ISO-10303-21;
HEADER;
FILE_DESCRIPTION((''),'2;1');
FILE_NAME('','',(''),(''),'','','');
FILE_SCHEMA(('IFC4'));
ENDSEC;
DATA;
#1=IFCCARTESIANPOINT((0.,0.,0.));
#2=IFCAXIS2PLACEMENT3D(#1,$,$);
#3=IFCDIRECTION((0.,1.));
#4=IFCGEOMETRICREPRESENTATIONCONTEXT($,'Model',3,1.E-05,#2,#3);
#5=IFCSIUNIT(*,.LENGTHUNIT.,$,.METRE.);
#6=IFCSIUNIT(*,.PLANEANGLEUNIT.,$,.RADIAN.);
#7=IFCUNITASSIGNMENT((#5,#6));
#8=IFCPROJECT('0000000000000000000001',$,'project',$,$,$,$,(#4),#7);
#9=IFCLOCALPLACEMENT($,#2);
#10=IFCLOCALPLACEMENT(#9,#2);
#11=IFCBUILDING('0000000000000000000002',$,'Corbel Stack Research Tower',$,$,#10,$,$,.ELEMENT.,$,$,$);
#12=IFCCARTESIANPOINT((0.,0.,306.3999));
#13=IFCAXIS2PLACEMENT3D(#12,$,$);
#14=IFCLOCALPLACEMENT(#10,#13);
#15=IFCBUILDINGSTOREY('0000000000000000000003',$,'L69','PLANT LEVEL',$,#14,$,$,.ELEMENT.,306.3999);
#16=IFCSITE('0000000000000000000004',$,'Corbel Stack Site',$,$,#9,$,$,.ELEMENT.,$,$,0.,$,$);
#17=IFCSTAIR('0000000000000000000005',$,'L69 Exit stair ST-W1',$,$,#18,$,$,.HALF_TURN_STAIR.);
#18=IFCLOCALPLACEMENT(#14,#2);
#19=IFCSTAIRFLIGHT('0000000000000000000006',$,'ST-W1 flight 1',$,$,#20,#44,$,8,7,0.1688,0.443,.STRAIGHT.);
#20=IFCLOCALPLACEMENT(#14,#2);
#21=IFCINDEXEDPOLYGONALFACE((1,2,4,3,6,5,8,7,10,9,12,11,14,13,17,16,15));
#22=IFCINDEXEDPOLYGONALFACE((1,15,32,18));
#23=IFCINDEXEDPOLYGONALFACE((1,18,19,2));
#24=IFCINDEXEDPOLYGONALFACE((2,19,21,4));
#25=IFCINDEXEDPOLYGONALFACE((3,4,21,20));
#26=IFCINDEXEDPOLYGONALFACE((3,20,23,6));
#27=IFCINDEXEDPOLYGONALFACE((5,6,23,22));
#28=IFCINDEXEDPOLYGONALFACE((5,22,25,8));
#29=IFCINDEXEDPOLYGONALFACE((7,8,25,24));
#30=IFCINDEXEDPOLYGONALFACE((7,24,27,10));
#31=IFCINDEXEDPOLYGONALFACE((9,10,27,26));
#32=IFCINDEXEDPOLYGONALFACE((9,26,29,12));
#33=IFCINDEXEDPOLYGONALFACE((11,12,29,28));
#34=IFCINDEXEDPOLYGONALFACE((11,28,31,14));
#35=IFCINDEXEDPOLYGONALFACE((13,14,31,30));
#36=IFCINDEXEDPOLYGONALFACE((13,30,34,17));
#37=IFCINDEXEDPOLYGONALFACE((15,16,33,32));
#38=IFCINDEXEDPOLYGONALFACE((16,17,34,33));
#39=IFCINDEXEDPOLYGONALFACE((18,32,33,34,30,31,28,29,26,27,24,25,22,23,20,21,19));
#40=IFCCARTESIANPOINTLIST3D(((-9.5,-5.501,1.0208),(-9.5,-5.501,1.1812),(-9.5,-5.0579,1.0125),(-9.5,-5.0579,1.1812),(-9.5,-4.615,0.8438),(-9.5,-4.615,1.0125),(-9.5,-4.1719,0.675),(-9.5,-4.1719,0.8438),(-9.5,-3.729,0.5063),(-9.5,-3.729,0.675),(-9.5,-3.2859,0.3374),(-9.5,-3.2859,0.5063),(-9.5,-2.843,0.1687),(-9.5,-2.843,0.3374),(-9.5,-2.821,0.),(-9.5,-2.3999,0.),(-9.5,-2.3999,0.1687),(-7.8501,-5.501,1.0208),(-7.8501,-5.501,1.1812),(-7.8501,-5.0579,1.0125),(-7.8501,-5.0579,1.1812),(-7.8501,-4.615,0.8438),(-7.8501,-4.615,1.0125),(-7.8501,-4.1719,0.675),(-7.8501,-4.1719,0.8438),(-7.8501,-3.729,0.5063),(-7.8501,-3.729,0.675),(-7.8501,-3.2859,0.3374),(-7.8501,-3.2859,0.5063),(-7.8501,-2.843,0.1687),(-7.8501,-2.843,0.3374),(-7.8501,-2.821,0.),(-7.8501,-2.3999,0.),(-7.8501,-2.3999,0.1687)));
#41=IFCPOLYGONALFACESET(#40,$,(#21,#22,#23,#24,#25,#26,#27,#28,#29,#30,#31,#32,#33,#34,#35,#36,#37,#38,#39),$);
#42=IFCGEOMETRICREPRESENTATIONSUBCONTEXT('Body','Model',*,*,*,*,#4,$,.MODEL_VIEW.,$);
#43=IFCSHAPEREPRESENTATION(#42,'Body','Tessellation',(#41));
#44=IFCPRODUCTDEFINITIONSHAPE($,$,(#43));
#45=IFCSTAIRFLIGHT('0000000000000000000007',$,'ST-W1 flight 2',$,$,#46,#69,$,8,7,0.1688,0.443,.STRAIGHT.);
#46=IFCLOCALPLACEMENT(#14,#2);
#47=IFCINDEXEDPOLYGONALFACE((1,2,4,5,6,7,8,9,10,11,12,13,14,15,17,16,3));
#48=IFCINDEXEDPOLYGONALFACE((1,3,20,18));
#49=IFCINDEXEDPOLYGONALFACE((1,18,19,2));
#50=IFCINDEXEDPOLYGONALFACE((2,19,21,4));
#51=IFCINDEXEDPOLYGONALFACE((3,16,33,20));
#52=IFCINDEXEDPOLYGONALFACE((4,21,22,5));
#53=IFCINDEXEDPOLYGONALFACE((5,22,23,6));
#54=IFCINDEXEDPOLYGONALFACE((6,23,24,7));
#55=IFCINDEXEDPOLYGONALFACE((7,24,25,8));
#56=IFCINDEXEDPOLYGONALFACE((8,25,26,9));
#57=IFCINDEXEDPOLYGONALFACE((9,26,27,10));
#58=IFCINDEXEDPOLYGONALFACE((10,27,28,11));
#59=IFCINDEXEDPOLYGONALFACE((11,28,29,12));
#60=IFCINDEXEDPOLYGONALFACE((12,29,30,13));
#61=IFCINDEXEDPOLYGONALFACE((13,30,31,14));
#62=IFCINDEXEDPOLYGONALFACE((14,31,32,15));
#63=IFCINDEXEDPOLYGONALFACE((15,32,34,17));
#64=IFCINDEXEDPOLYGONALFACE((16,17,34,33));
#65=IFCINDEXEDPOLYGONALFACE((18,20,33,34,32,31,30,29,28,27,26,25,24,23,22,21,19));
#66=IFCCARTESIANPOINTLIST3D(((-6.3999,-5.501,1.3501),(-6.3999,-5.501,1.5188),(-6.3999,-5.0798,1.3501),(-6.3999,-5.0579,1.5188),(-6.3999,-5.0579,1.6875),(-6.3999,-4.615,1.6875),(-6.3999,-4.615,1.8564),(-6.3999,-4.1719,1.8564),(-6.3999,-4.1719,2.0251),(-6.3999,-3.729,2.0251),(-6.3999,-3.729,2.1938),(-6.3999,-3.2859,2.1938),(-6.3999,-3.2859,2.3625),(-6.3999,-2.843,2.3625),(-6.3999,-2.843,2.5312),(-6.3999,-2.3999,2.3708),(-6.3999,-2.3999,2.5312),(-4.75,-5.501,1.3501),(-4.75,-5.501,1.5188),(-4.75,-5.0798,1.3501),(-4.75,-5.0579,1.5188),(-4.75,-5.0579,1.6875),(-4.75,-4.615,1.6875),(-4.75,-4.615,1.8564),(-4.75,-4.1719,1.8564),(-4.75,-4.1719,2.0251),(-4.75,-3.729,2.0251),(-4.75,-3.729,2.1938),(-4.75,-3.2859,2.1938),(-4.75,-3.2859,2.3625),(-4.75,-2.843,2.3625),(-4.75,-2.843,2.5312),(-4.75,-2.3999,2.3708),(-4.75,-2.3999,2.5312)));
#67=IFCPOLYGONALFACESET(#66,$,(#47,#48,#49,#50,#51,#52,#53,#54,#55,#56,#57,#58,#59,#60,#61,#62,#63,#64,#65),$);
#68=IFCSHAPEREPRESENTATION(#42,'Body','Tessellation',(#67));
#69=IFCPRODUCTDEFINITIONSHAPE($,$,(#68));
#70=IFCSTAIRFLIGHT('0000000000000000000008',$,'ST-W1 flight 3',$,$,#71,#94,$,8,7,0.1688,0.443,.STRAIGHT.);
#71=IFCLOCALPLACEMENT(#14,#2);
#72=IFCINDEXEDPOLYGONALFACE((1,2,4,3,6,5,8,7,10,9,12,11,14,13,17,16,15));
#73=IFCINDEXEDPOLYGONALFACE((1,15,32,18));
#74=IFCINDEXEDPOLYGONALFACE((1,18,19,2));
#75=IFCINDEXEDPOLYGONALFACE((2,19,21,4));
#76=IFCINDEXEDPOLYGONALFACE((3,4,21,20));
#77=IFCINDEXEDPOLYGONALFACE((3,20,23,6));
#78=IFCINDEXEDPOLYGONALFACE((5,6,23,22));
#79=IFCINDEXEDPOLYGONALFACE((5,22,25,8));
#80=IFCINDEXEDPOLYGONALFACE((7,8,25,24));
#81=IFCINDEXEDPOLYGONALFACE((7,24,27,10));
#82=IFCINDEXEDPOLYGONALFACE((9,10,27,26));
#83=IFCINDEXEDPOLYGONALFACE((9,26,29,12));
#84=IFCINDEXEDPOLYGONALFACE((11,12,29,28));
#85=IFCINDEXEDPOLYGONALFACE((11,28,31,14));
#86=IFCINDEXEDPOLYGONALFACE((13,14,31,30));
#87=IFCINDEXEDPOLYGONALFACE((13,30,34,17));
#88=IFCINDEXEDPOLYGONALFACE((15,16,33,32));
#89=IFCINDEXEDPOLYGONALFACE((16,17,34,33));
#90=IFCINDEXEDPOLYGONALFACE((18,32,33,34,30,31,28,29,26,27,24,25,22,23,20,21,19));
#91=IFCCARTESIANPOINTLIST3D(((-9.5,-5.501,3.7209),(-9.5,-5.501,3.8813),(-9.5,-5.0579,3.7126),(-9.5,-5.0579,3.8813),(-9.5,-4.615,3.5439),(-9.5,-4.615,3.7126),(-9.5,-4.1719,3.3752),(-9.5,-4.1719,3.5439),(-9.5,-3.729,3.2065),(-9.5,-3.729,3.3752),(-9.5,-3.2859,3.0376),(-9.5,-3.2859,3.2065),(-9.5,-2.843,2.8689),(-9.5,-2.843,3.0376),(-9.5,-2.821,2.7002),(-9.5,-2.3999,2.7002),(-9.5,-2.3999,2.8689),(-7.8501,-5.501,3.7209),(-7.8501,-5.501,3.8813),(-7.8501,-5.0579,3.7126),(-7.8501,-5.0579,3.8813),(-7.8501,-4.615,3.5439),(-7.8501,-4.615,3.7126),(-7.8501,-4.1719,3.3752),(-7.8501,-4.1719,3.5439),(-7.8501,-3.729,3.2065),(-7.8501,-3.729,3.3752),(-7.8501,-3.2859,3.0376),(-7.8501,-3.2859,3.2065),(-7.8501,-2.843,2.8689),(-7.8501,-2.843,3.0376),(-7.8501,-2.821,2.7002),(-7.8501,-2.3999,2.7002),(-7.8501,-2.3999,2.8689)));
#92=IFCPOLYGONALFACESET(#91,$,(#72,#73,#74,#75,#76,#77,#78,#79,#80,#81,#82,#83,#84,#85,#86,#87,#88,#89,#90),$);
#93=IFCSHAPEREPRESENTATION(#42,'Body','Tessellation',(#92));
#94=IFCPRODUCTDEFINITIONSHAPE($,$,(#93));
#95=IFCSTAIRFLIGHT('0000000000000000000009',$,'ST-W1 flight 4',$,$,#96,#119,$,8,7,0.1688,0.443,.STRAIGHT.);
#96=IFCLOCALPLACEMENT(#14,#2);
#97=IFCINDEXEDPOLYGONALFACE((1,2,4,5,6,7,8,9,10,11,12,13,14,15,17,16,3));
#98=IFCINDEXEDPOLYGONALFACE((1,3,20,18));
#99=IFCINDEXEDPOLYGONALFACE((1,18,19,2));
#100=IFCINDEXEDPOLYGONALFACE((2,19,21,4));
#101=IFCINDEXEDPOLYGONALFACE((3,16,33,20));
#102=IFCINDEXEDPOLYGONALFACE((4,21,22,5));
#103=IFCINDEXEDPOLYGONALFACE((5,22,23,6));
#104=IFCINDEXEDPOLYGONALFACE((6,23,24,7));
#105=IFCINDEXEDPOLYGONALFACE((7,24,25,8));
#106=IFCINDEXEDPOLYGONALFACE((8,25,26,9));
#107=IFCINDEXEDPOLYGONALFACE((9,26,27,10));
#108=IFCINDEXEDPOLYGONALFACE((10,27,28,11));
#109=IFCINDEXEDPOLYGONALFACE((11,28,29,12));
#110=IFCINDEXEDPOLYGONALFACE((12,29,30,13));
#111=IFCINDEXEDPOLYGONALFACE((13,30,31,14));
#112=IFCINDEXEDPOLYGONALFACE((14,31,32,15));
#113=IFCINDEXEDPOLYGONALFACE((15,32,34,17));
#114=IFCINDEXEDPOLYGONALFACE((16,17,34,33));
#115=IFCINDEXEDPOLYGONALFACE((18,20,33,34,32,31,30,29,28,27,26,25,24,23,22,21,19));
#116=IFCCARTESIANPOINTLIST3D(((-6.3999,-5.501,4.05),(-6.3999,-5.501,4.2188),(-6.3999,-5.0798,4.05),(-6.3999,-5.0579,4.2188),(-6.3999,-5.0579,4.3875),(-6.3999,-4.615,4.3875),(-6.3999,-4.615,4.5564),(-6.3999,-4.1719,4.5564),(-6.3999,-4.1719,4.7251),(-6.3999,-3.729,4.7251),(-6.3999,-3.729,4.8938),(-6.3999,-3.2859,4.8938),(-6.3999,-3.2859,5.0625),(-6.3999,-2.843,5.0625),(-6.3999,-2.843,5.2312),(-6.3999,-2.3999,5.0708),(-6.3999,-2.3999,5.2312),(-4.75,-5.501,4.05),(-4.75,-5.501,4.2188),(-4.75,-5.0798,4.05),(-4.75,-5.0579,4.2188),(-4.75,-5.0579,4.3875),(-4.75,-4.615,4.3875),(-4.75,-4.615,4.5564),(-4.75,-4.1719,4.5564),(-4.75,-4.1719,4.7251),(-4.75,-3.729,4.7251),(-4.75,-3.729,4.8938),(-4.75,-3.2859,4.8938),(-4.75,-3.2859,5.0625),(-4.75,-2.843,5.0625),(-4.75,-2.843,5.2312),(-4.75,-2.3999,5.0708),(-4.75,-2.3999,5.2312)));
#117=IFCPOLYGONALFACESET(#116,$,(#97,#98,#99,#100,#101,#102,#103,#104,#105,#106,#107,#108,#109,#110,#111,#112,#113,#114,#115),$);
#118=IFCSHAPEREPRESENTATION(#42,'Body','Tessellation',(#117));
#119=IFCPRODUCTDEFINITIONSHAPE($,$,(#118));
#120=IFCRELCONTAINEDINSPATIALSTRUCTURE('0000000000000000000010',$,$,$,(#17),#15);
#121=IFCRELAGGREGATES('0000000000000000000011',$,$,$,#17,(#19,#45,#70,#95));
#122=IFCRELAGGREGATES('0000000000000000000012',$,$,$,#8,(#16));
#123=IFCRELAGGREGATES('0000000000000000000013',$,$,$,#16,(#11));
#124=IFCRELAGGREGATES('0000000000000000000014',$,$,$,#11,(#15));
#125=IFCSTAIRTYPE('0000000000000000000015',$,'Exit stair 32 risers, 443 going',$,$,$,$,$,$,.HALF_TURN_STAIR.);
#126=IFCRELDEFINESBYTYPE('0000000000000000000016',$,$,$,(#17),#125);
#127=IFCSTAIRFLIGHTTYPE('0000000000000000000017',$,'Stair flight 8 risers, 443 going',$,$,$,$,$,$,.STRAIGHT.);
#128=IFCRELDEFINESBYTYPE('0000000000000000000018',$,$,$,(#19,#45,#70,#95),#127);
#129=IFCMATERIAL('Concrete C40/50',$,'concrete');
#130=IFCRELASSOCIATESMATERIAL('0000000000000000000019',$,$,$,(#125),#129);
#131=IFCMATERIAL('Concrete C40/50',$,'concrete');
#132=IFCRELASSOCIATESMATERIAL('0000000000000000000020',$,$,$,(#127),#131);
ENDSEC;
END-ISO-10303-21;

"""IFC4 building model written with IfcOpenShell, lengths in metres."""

from ifc_helpers import new_model, si_unit, direction, frame, origin, place, context, subcontext, project, spatial, polyline, outline, extrude, material, type_object, element, aggregate, save


model = new_model("IFC4")

# Units and contexts
model_context = context("Model", 3, precision=1e-05, world=origin(), true_north=direction((0.0, 1.0)))
body_context = subcontext(model_context, "Body", "Model", "MODEL_VIEW")
ifc_project = project(units=[si_unit("LENGTHUNIT", "METRE"), si_unit("PLANEANGLEUNIT", "RADIAN")], contexts=[model_context])

# Site, building, storey
site_placement = place(None, origin())
site = spatial("IfcSite", under=ifc_project, at=site_placement, Name="Corbel Stack Site", CompositionType="ELEMENT", RefElevation=0.0)
building_placement = place(site_placement, origin())
building = spatial("IfcBuilding", under=site, at=building_placement, Name="Corbel Stack Research Tower", CompositionType="ELEMENT")
storey_placement = place(building_placement, frame((0.0, 0.0, 306.3999)))
storey = spatial("IfcBuildingStorey", under=building, at=storey_placement, Name="L69", Description="PLANT LEVEL", CompositionType="ELEMENT", Elevation=306.3999)

# Stair, stair flights
ifc_material_1 = material(Name="Concrete C40/50", Category="concrete")
stair_type = type_object("IfcStairType", Name="Exit stair 32 risers, 443 going", PredefinedType="HALF_TURN_STAIR", material=ifc_material_1)
stair_placement = place(storey_placement, origin())
stair = element("IfcStair", 1, at=stair_placement, inside=storey, type_object=stair_type, Name="L69 Exit stair ST-W1", PredefinedType="HALF_TURN_STAIR")
ifc_material_2 = material(Name="Concrete C40/50", Category="concrete")
stair_flight_type = type_object("IfcStairFlightType", Name="Stair flight 8 risers, 443 going", PredefinedType="STRAIGHT", material=ifc_material_2)
stair_flight_1_placement = place(storey_placement, frame((-8.675, -2.3999, 0.0), z_axis=(0.0, 0.0, 1.0), x_axis=(0.0, -1.0, 0.0)))
stair_flight_1 = element("IfcStairFlight", 2, at=stair_flight_1_placement, type_object=stair_flight_type, Name="ST-W1 flight 1", NumberOfRisers=8, NumberOfTreads=7, PredefinedType="STRAIGHT", RiserHeight=0.1688, TreadLength=0.443, context=body_context, shape_type="SweptSolid", body=[
    extrude(outline(polyline([(0.0, 0.0), (0.0, 0.1687), (0.4431, 0.1687), (0.4431, 0.3374), (0.886, 0.3374), (0.886, 0.5063), (1.3291, 0.5063), (1.3291, 0.675), (1.772, 0.675), (1.772, 0.8438), (2.2151, 0.8438), (2.2151, 1.0125), (2.658, 1.0125), (2.658, 1.1812), (3.1011, 1.1812), (3.1011, 1.3501), (3.1011, 1.0208), (0.4211, 0.0), (0.0, 0.0)])), frame((0.0, 0.825, 0.0), z_axis=(0.0, -1.0, 0.0), x_axis=(1.0, 0.0, 0.0)), (0.0, 0.0, 1.0), 1.6499),
])
stair_flight_2_placement = place(storey_placement, frame((-5.575, -5.501, 1.3501), z_axis=(0.0, 0.0, 1.0), x_axis=(0.0, 1.0, 0.0)))
stair_flight_2 = element("IfcStairFlight", 3, at=stair_flight_2_placement, type_object=stair_flight_type, Name="ST-W1 flight 2", NumberOfRisers=8, NumberOfTreads=7, PredefinedType="STRAIGHT", RiserHeight=0.1688, TreadLength=0.443, context=body_context, shape_type="SweptSolid", body=[
    extrude(outline(polyline([(0.0, 0.0), (0.0, 0.1687), (0.4431, 0.1687), (0.4431, 0.3374), (0.886, 0.3374), (0.886, 0.5063), (1.3291, 0.5063), (1.3291, 0.675), (1.772, 0.675), (1.772, 0.8438), (2.2151, 0.8438), (2.2151, 1.0125), (2.658, 1.0125), (2.658, 1.1812), (3.1011, 1.1812), (3.1011, 1.3501), (3.1011, 1.0208), (0.4211, 0.0), (0.0, 0.0)])), frame((0.0, 0.825, 0.0), z_axis=(0.0, -1.0, 0.0), x_axis=(1.0, 0.0, 0.0)), (0.0, 0.0, 1.0), 1.6499),
])
stair_flight_3_placement = place(storey_placement, frame((-8.675, -2.3999, 2.7002), z_axis=(0.0, 0.0, 1.0), x_axis=(0.0, -1.0, 0.0)))
stair_flight_3 = element("IfcStairFlight", 4, at=stair_flight_3_placement, type_object=stair_flight_type, Name="ST-W1 flight 3", NumberOfRisers=8, NumberOfTreads=7, PredefinedType="STRAIGHT", RiserHeight=0.1688, TreadLength=0.443, context=body_context, shape_type="SweptSolid", body=[
    extrude(outline(polyline([(0.0, 0.0), (0.0, 0.1687), (0.4431, 0.1687), (0.4431, 0.3374), (0.886, 0.3374), (0.886, 0.5063), (1.3291, 0.5063), (1.3291, 0.675), (1.772, 0.675), (1.772, 0.8438), (2.2151, 0.8438), (2.2151, 1.0125), (2.658, 1.0125), (2.658, 1.1812), (3.1011, 1.1812), (3.1011, 1.3501), (3.1011, 1.0208), (0.4211, 0.0), (0.0, 0.0)])), frame((0.0, 0.825, 0.0), z_axis=(0.0, -1.0, 0.0), x_axis=(1.0, 0.0, 0.0)), (0.0, 0.0, 1.0), 1.6499),
])
stair_flight_4_placement = place(storey_placement, frame((-5.575, -5.501, 4.05), z_axis=(0.0, 0.0, 1.0), x_axis=(0.0, 1.0, 0.0)))
stair_flight_4 = element("IfcStairFlight", 5, at=stair_flight_4_placement, type_object=stair_flight_type, Name="ST-W1 flight 4", NumberOfRisers=8, NumberOfTreads=7, PredefinedType="STRAIGHT", RiserHeight=0.1688, TreadLength=0.443, context=body_context, shape_type="SweptSolid", body=[
    extrude(outline(polyline([(0.0, 0.0), (0.0, 0.1687), (0.4431, 0.1687), (0.4431, 0.3374), (0.886, 0.3374), (0.886, 0.5063), (1.3291, 0.5063), (1.3291, 0.675), (1.772, 0.675), (1.772, 0.8438), (2.2151, 0.8438), (2.2151, 1.0125), (2.658, 1.0125), (2.658, 1.1812), (3.1011, 1.1812), (3.1011, 1.3501), (3.1011, 1.0208), (0.4211, 0.0), (0.0, 0.0)])), frame((0.0, 0.825, 0.0), z_axis=(0.0, -1.0, 0.0), x_axis=(1.0, 0.0, 0.0)), (0.0, 0.0, 1.0), 1.6499),
])
aggregate(stair, [stair_flight_1, stair_flight_2, stair_flight_3, stair_flight_4])

save(model, "model.ifc")
